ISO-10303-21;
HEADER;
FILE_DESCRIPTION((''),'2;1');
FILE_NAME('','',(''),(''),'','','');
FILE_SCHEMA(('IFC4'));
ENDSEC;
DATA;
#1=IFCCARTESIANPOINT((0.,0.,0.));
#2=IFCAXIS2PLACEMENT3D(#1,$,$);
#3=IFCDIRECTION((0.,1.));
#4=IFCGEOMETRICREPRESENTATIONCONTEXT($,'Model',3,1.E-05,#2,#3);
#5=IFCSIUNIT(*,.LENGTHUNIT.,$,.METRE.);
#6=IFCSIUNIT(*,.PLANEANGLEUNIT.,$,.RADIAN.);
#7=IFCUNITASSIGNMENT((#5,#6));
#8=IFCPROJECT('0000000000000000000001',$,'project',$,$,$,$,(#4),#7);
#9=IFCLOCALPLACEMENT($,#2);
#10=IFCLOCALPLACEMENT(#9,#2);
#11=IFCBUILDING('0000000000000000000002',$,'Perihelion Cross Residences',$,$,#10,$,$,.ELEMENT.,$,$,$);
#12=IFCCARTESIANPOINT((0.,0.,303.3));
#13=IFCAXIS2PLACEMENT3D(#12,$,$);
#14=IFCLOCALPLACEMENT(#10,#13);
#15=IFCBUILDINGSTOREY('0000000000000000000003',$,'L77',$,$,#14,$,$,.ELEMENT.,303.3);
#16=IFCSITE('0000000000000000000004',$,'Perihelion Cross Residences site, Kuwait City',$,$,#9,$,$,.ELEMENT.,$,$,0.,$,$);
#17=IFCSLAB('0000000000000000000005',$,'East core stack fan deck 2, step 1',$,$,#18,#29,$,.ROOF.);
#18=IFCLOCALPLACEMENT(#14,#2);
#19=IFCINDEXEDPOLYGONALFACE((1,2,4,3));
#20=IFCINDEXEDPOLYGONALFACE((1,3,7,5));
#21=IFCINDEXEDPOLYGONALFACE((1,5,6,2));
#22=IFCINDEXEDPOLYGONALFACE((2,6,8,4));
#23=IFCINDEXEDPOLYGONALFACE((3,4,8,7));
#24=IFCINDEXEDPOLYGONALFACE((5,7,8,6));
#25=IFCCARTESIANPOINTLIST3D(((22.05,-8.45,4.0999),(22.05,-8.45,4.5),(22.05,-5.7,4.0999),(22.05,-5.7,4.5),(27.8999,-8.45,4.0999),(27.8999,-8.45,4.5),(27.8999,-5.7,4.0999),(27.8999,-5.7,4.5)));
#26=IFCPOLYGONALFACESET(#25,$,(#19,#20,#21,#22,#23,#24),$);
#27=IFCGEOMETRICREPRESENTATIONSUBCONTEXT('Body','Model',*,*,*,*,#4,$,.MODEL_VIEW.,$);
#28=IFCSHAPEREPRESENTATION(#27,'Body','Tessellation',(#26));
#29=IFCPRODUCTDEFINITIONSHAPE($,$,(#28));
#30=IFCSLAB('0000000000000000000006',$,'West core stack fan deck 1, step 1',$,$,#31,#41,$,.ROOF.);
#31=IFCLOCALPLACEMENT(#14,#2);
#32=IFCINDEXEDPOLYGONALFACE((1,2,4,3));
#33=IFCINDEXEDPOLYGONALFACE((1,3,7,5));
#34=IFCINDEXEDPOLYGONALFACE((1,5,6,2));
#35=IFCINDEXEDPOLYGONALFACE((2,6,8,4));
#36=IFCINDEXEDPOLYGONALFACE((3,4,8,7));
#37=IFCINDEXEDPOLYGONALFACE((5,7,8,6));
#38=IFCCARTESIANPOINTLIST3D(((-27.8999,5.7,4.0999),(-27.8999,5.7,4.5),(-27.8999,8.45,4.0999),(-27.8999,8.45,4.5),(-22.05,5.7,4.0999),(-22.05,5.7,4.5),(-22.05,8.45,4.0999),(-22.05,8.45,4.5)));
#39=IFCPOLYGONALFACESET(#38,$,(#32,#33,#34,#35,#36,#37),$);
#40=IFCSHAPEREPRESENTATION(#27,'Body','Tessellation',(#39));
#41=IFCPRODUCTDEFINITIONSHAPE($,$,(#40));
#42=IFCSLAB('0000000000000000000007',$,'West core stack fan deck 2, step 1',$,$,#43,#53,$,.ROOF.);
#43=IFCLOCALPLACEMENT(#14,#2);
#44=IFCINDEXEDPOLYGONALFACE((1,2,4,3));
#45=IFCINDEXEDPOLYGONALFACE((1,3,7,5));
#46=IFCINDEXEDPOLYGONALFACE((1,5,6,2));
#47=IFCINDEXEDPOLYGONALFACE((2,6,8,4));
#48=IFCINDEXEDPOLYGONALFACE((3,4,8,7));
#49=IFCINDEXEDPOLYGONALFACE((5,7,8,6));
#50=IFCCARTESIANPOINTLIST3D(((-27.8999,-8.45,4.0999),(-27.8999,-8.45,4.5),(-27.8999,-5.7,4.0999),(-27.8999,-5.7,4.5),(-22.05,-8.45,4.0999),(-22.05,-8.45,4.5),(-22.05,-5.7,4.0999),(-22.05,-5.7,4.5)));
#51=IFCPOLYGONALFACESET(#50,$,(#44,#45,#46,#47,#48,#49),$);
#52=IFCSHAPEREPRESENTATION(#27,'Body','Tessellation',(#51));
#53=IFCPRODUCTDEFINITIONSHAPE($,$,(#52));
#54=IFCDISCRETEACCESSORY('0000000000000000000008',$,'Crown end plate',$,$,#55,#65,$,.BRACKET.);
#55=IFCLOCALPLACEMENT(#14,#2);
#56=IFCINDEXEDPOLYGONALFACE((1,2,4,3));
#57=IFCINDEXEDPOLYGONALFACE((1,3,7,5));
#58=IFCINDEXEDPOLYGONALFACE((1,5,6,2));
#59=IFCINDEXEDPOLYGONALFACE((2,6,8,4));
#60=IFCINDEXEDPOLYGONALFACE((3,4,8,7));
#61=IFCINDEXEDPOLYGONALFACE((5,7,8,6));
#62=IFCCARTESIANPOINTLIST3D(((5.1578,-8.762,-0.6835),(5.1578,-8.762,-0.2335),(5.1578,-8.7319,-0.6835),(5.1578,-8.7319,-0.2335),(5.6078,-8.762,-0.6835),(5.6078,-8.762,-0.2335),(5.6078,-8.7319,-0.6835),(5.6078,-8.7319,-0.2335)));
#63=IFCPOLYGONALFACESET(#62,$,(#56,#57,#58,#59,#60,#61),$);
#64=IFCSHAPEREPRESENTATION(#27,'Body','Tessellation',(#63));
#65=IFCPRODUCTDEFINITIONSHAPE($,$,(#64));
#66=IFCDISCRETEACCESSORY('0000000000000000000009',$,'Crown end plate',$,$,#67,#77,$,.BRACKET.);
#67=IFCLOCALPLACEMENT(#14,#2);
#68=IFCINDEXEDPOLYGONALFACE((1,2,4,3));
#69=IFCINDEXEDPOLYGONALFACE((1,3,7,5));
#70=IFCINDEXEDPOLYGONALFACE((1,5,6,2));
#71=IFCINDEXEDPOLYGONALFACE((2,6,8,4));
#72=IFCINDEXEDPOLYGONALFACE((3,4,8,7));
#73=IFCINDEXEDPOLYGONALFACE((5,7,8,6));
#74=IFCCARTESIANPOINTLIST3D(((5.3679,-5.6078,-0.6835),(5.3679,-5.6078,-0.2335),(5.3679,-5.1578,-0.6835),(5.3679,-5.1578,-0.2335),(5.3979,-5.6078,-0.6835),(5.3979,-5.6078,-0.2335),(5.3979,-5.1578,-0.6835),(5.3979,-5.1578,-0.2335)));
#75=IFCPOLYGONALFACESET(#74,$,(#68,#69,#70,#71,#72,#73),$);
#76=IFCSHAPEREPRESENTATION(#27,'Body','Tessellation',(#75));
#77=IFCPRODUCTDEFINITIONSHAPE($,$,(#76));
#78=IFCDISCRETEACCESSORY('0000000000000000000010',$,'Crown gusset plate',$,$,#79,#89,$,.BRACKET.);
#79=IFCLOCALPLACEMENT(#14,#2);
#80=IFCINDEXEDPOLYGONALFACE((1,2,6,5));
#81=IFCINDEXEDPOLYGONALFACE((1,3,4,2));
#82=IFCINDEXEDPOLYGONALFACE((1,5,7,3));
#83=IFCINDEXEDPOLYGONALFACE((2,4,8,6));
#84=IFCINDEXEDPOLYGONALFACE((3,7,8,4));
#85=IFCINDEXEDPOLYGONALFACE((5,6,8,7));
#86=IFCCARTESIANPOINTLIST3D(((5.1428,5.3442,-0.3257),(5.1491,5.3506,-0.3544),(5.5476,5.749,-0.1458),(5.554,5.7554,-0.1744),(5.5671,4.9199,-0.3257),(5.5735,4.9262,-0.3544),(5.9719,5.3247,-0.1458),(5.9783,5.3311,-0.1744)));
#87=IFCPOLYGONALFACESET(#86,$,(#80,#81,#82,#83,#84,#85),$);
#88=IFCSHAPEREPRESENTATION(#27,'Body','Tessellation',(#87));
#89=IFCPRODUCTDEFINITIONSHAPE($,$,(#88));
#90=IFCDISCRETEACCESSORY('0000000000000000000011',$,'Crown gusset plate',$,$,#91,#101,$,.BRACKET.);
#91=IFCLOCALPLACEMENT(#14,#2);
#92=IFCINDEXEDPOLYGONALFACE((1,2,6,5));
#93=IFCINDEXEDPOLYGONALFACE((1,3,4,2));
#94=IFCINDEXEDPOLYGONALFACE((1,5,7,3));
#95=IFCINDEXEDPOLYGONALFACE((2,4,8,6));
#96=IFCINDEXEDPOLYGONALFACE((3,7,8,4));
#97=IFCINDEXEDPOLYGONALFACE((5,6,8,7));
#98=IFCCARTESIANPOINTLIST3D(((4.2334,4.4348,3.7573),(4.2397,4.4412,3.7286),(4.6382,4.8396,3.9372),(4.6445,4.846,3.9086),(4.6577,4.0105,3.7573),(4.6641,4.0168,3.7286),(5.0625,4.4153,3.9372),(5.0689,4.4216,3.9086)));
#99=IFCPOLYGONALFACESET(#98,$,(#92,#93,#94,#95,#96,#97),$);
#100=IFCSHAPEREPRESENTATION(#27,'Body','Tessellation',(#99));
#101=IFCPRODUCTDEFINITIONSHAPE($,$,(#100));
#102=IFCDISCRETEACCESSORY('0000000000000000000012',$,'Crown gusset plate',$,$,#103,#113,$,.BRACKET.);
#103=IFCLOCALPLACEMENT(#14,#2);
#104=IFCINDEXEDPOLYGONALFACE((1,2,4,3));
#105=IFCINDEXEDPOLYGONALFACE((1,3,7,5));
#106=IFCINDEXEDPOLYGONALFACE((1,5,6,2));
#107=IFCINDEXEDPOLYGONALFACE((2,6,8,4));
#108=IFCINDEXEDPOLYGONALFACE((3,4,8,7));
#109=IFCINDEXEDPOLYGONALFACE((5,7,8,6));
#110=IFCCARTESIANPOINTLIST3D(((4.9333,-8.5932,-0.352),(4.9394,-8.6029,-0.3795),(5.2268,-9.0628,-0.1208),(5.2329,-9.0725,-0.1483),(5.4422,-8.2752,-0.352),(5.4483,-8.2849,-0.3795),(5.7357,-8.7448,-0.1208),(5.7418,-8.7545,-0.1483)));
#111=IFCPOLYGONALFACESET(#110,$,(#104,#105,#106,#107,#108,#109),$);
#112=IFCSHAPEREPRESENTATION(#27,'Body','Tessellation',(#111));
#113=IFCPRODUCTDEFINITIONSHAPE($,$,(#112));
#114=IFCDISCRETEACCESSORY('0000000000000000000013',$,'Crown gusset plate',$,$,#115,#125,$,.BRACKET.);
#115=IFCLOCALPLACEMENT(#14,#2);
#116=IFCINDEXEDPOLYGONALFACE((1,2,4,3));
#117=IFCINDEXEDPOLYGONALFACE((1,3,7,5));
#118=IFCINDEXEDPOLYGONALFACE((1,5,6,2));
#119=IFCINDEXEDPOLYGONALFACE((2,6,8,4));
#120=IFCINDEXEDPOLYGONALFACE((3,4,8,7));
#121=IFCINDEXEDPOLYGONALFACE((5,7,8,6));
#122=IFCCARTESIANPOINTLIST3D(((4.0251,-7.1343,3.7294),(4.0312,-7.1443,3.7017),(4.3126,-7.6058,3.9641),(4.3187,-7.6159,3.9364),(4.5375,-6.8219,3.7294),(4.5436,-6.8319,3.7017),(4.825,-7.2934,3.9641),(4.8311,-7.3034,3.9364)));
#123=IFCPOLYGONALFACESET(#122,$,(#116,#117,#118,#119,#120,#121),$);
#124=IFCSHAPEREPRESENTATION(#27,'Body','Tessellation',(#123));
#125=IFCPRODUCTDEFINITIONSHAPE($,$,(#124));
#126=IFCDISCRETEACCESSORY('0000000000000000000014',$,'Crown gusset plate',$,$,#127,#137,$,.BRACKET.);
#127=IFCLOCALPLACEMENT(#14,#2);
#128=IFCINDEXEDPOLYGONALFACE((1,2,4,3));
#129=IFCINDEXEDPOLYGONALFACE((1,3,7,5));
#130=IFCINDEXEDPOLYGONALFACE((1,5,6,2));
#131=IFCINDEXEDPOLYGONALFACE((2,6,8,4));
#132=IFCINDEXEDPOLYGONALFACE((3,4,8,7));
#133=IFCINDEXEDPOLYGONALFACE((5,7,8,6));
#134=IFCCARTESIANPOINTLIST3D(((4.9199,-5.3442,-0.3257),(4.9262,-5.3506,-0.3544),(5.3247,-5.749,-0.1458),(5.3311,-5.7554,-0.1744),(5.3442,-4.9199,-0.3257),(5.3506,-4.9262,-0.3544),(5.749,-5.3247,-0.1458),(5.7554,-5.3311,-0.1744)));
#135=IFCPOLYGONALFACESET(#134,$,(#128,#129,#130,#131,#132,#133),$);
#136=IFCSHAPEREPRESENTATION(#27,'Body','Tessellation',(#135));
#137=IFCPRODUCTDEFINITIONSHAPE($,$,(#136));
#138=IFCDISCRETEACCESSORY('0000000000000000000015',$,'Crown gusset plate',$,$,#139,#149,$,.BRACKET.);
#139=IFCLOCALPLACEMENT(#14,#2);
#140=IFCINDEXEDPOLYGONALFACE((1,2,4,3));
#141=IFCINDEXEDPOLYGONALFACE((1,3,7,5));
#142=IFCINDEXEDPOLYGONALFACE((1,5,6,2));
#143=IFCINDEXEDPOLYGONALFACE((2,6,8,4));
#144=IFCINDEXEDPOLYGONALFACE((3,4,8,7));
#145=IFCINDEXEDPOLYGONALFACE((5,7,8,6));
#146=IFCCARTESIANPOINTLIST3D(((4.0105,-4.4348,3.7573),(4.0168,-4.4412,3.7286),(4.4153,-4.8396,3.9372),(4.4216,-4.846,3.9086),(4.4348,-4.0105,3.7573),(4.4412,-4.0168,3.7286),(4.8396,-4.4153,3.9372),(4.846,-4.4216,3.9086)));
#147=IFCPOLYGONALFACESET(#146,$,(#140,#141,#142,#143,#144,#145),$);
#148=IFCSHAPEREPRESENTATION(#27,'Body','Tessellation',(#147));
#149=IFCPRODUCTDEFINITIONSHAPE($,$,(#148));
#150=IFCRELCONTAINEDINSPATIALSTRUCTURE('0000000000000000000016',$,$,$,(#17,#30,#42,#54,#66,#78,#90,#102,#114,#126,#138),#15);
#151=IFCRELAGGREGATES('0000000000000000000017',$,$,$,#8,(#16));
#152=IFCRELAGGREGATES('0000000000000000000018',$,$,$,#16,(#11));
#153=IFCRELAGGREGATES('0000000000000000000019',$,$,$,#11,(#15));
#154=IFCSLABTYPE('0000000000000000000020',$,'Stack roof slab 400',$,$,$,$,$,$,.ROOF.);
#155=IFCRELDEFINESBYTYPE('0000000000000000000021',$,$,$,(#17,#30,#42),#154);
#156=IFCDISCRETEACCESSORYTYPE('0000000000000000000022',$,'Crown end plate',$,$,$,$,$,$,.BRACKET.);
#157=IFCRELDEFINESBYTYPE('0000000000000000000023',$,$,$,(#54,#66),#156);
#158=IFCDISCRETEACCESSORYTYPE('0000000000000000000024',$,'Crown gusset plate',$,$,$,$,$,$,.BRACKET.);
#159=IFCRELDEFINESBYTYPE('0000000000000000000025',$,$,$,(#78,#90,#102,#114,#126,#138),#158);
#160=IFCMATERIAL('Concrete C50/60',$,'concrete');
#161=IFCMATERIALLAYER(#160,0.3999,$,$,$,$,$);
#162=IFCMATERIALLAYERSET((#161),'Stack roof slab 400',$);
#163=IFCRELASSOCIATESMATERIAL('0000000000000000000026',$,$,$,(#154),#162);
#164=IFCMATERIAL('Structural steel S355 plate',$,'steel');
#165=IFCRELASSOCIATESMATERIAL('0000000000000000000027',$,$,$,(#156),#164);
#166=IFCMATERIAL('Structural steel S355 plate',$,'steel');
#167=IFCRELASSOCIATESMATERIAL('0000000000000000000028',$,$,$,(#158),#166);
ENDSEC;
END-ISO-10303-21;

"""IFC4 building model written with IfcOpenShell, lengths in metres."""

from ifc_helpers import new_model, si_unit, direction, frame, origin, origin_2d, place, context, subcontext, project, spatial, polyline, rectangle, outline, extrude, material, layer, layer_set, material_profile, profile_set, type_object, element, save


model = new_model("IFC4")

# Units and contexts
model_context = context("Model", 3, precision=1e-05, world=origin(), true_north=direction((0.0, 1.0)))
body_context = subcontext(model_context, "Body", "Model", "MODEL_VIEW")
ifc_project = project(units=[si_unit("LENGTHUNIT", "METRE"), si_unit("PLANEANGLEUNIT", "RADIAN")], contexts=[model_context])

# Site, building, storey
site_placement = place(None, origin())
site = spatial("IfcSite", under=ifc_project, at=site_placement, Name="Perihelion Cross Residences site, Kuwait City", CompositionType="ELEMENT", RefElevation=0.0)
building_placement = place(site_placement, origin())
building = spatial("IfcBuilding", under=site, at=building_placement, Name="Perihelion Cross Residences", CompositionType="ELEMENT")
storey_placement = place(building_placement, frame((0.0, 0.0, 303.3)))
storey = spatial("IfcBuildingStorey", under=building, at=storey_placement, Name="L77", CompositionType="ELEMENT", Elevation=303.3)

# Slabs
ifc_material_1 = material(Name="Concrete C50/60", Category="concrete")
ifc_layer_1 = layer(ifc_material_1, 0.3999)
ifc_layer_set_1 = layer_set([ifc_layer_1], Name="Stack roof slab 400")
slab_type = type_object("IfcSlabType", Name="Stack roof slab 400", PredefinedType="ROOF", material=ifc_layer_set_1)
slab_1_placement = place(storey_placement, frame((0.0, 0.0, 4.0999)))
element("IfcSlab", 1, at=slab_1_placement, inside=storey, type_object=slab_type, Name="East core stack fan deck 2, step 1", PredefinedType="ROOF", context=body_context, shape_type="SweptSolid", body=[
    extrude(outline(polyline([(22.05, -8.45), (27.8999, -8.45), (27.8999, -5.7), (22.05, -5.7), (22.05, -8.45)])), origin(), (0.0, 0.0, 1.0), 0.4001),
])
slab_2_placement = place(storey_placement, frame((0.0, 0.0, 4.0999)))
element("IfcSlab", 2, at=slab_2_placement, inside=storey, type_object=slab_type, Name="West core stack fan deck 1, step 1", PredefinedType="ROOF", context=body_context, shape_type="SweptSolid", body=[
    extrude(outline(polyline([(-27.8999, 5.7), (-22.05, 5.7), (-22.05, 8.45), (-27.8999, 8.45), (-27.8999, 5.7)])), origin(), (0.0, 0.0, 1.0), 0.4001),
])
slab_3_placement = place(storey_placement, frame((0.0, 0.0, 4.0999)))
element("IfcSlab", 3, at=slab_3_placement, inside=storey, type_object=slab_type, Name="West core stack fan deck 2, step 1", PredefinedType="ROOF", context=body_context, shape_type="SweptSolid", body=[
    extrude(outline(polyline([(-27.8999, -8.45), (-22.05, -8.45), (-22.05, -5.7), (-27.8999, -5.7), (-27.8999, -8.45)])), origin(), (0.0, 0.0, 1.0), 0.4001),
])

# Discrete accessories
ifc_material_2 = material(Name="Structural steel S355 plate", Category="steel")
ifc_material_profile_1 = material_profile(ifc_material_2, rectangle(XDim=0.45, YDim=0.45, at=origin_2d()), Name="Crown end plate")
ifc_profile_set_1 = profile_set([ifc_material_profile_1], Name="Structural steel S355 plate")
discrete_accessory_type_1 = type_object("IfcDiscreteAccessoryType", Name="Crown end plate", PredefinedType="BRACKET", material=ifc_profile_set_1)
for number, where, z_axis, x_axis, name in (
    (4, (5.3828, -8.762, -0.4585), (0.0, 1.0, 0.0), (-1.0, 0.0, 0.0), "Crown end plate"),
    (5, (5.3679, -5.3828, -0.4585), (1.0, 0.0, 0.0), (0.0, 1.0, 0.0), "Crown end plate"),
):
    element("IfcDiscreteAccessory", number, at=place(storey_placement, frame(where, z_axis=z_axis, x_axis=x_axis)), inside=storey, type_object=discrete_accessory_type_1, Name=name, PredefinedType="BRACKET", context=body_context, shape_type="SweptSolid", body=[
        extrude(rectangle(XDim=0.45, YDim=0.45, at=origin_2d()), origin(), (0.0, 0.0, 1.0), 0.03),
    ])
ifc_material_3 = material(Name="Structural steel S355 plate", Category="steel")
ifc_material_profile_2 = material_profile(ifc_material_3, rectangle(XDim=0.6001, YDim=0.6001, at=origin_2d()), Name="Crown gusset plate")
ifc_profile_set_2 = profile_set([ifc_material_profile_2], Name="Structural steel S355 plate")
discrete_accessory_type_2 = type_object("IfcDiscreteAccessoryType", Name="Crown gusset plate", PredefinedType="BRACKET", material=ifc_profile_set_2)
for number, where, z_axis, x_axis, name in (
    (6, (5.5637, 5.3408, -0.2644), (-0.212, -0.212, 0.953998), (0.707107, -0.707107, 0.0), "Crown gusset plate"),
    (7, (4.6543, 4.4314, 3.8186), (-0.212, -0.212, 0.953998), (0.707107, -0.707107, 0.0), "Crown gusset plate"),
):
    element("IfcDiscreteAccessory", number, at=place(storey_placement, frame(where, z_axis=z_axis, x_axis=x_axis)), inside=storey, type_object=discrete_accessory_type_2, Name=name, PredefinedType="BRACKET", context=body_context, shape_type="SweptSolid", body=[
        extrude(rectangle(XDim=0.6001, YDim=0.6001, at=origin_2d()), origin(), (0.0, 0.0, 1.0), 0.03),
    ])
discrete_accessory_placement = place(storey_placement, frame((5.3406, -8.6787, -0.2639), z_axis=(-0.204165, 0.326664, 0.922826), x_axis=(-0.847998, -0.529999, 0.0)))
element("IfcDiscreteAccessory", 8, at=discrete_accessory_placement, inside=storey, type_object=discrete_accessory_type_2, Name="Crown gusset plate", PredefinedType="BRACKET", context=body_context, shape_type="SweptSolid", body=[
    extrude(rectangle(XDim=0.6001, YDim=0.6001, at=origin_2d()), origin(), (0.0, 0.0, 1.0), 0.0298),
])
for number, where, z_axis, x_axis, name in (
    (9, (4.4312, -7.2239, 3.8191), (-0.203616, 0.33393, 0.920343), (-0.853796, -0.520607, 0.0), "Crown gusset plate"),
    (10, (5.3408, -5.3408, -0.2644), (-0.212, 0.212, 0.953998), (-0.707107, -0.707107, 0.0), "Crown gusset plate"),
    (11, (4.4314, -4.4314, 3.8186), (-0.212, 0.212, 0.953998), (-0.707107, -0.707107, 0.0), "Crown gusset plate"),
):
    element("IfcDiscreteAccessory", number, at=place(storey_placement, frame(where, z_axis=z_axis, x_axis=x_axis)), inside=storey, type_object=discrete_accessory_type_2, Name=name, PredefinedType="BRACKET", context=body_context, shape_type="SweptSolid", body=[
        extrude(rectangle(XDim=0.6001, YDim=0.6001, at=origin_2d()), origin(), (0.0, 0.0, 1.0), 0.03),
    ])

save(model, "model.ifc")
